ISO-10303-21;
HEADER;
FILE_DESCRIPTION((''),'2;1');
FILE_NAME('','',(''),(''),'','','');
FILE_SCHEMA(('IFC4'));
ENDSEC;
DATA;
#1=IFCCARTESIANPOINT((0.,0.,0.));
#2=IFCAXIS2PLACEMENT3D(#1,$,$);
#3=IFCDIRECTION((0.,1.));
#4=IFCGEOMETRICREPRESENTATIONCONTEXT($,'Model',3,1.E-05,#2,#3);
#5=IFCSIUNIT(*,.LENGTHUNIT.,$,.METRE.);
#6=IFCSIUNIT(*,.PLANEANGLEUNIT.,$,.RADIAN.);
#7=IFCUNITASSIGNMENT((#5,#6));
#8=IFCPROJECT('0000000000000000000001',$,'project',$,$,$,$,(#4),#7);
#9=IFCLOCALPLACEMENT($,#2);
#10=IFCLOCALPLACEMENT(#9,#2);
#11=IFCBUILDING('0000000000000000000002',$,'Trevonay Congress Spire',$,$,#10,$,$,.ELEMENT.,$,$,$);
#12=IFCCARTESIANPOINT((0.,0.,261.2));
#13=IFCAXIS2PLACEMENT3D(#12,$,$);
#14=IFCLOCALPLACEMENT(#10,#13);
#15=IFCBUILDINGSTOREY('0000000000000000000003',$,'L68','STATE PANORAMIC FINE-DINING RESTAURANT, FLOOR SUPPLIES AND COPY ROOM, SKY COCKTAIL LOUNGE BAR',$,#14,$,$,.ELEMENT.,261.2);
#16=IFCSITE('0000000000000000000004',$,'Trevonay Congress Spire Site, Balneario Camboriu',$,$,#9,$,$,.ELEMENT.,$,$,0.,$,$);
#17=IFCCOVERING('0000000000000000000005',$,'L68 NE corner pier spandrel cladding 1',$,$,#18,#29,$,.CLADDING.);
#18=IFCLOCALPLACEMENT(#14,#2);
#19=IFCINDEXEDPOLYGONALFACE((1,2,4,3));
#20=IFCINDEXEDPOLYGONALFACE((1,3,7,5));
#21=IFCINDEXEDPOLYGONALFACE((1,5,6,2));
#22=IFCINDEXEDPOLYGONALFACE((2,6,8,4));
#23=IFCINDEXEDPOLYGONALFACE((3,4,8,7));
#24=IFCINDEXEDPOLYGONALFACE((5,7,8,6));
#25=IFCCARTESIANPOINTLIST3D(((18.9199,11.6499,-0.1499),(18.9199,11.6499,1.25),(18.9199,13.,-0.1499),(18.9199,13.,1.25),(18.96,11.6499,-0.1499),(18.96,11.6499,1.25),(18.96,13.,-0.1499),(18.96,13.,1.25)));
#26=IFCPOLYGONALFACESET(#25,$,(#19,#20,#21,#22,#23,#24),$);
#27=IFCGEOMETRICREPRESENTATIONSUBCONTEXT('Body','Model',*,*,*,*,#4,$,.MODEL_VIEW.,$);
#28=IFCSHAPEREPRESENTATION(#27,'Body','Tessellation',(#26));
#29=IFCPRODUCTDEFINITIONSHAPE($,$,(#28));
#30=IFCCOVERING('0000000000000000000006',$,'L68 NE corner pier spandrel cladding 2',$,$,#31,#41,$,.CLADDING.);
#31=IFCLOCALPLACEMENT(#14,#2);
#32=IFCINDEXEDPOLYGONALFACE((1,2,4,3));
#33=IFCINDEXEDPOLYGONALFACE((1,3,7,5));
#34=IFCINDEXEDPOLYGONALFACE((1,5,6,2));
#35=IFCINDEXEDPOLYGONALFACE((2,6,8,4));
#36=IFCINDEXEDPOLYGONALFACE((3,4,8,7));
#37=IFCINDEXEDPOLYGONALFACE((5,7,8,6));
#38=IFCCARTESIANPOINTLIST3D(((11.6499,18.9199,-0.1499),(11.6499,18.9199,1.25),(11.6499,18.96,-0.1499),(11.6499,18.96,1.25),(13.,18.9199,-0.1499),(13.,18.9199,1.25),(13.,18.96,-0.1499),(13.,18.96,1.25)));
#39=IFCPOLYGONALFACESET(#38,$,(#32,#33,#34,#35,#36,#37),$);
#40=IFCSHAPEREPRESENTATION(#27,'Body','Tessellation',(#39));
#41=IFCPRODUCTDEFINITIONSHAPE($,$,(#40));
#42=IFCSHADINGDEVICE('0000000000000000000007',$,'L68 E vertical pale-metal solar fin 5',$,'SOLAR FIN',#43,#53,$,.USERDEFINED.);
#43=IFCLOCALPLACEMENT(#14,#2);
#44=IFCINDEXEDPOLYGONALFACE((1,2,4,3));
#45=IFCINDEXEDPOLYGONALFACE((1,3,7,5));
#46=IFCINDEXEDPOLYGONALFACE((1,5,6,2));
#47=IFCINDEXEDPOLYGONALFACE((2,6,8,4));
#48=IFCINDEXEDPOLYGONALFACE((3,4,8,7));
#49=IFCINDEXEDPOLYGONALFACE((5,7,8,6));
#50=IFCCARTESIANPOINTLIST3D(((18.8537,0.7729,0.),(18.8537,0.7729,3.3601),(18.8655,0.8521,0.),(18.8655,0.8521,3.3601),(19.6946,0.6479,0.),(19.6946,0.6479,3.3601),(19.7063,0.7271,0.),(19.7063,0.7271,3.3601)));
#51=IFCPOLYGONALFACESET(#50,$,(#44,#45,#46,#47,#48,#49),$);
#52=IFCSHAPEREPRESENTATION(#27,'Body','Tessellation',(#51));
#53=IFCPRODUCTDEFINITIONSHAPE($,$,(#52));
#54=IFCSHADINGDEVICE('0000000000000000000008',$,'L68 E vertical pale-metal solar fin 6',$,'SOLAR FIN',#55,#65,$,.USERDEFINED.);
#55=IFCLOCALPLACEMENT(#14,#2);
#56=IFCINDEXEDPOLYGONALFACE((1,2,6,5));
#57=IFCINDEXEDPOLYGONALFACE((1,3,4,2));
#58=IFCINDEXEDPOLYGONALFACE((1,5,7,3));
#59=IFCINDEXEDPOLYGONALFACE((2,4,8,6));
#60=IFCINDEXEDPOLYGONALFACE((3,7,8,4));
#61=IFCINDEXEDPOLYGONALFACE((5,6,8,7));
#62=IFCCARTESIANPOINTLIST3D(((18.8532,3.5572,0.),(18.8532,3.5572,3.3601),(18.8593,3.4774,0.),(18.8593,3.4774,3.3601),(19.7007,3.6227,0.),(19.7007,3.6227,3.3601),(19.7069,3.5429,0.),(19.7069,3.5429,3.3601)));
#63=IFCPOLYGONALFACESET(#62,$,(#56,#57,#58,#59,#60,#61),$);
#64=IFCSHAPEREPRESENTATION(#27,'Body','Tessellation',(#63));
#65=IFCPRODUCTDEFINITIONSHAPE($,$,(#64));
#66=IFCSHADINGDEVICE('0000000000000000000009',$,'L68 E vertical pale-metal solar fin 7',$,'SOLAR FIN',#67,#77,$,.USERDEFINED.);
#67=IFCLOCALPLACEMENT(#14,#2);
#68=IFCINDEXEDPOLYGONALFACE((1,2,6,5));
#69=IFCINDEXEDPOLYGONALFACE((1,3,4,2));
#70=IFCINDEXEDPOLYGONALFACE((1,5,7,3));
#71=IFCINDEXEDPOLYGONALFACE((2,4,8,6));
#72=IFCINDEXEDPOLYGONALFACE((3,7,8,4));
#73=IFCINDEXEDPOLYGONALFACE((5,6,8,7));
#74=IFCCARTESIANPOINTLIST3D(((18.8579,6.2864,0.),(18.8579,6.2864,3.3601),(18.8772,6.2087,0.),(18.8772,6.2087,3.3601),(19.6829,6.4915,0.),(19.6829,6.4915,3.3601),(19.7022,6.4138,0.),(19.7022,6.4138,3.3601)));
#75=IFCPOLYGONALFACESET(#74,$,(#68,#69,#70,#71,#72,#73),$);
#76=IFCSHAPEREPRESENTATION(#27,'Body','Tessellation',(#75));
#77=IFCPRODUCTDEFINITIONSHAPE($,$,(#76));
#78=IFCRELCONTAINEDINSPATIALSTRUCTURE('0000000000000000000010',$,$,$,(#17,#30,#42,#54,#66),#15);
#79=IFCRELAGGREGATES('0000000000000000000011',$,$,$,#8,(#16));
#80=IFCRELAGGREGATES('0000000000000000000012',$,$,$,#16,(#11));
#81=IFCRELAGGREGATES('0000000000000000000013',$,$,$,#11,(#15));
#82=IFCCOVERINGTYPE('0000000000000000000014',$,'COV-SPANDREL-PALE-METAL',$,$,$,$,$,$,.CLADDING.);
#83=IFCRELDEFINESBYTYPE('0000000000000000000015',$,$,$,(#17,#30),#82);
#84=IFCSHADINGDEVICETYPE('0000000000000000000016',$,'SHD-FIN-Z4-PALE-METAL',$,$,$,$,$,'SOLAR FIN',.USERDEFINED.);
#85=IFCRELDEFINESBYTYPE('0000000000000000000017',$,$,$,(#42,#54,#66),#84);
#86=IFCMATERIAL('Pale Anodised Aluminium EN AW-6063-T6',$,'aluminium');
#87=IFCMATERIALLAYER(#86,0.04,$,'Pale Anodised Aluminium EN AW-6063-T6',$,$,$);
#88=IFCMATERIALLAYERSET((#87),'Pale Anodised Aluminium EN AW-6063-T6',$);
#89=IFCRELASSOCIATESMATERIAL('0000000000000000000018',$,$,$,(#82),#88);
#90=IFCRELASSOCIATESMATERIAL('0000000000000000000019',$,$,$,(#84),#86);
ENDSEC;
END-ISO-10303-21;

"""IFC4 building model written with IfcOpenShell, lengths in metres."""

from ifc_helpers import new_model, si_unit, direction, frame, frame_2d, origin, origin_2d, place, context, subcontext, project, spatial, rectangle, extrude, material, layer, layer_set, type_object, element, save


model = new_model("IFC4")

# Units and contexts
model_context = context("Model", 3, precision=1e-05, world=origin(), true_north=direction((0.0, 1.0)))
body_context = subcontext(model_context, "Body", "Model", "MODEL_VIEW")
ifc_project = project(units=[si_unit("LENGTHUNIT", "METRE"), si_unit("PLANEANGLEUNIT", "RADIAN")], contexts=[model_context])

# Site, building, storey
site_placement = place(None, origin())
site = spatial("IfcSite", under=ifc_project, at=site_placement, Name="Trevonay Congress Spire Site, Balneario Camboriu", CompositionType="ELEMENT", RefElevation=0.0)
building_placement = place(site_placement, origin())
building = spatial("IfcBuilding", under=site, at=building_placement, Name="Trevonay Congress Spire", CompositionType="ELEMENT")
storey_placement = place(building_placement, frame((0.0, 0.0, 261.2)))
storey = spatial("IfcBuildingStorey", under=building, at=storey_placement, Name="L68", Description="STATE PANORAMIC FINE-DINING RESTAURANT, FLOOR SUPPLIES AND COPY ROOM, SKY COCKTAIL LOUNGE BAR", CompositionType="ELEMENT", Elevation=261.2)

# Shared definitions
ifc_material_1 = material(Name="Pale Anodised Aluminium EN AW-6063-T6", Category="aluminium")

# Coverings
ifc_layer_1 = layer(ifc_material_1, 0.04, Name="Pale Anodised Aluminium EN AW-6063-T6")
ifc_layer_set_1 = layer_set([ifc_layer_1], Name="Pale Anodised Aluminium EN AW-6063-T6")
covering_type = type_object("IfcCoveringType", Name="COV-SPANDREL-PALE-METAL", PredefinedType="CLADDING", material=ifc_layer_set_1)
for number, where, z_axis, x_axis, name in (
    (1, (18.9399, 11.6499, -0.1499), (0.0, 0.0, 1.0), (0.0, 1.0, 0.0), "L68 NE corner pier spandrel cladding 1"),
    (2, (11.6499, 18.9399, -0.1499), (0.0, 0.0, 1.0), (1.0, 0.0, 0.0), "L68 NE corner pier spandrel cladding 2"),
):
    element("IfcCovering", number, at=place(storey_placement, frame(where, z_axis=z_axis, x_axis=x_axis)), inside=storey, type_object=covering_type, Name=name, PredefinedType="CLADDING", context=body_context, shape_type="SweptSolid", body=[
        extrude(rectangle(XDim=1.3501, YDim=0.04, at=frame_2d((0.675, 0.0))), origin(), (0.0, 0.0, 1.0), 1.3999),
    ])

# Shading devices
shading_device_type = type_object("IfcShadingDeviceType", Name="SHD-FIN-Z4-PALE-METAL", ElementType="SOLAR FIN", PredefinedType="USERDEFINED", material=ifc_material_1)
for number, where, z_axis, x_axis, name in (
    (3, (19.28, 0.75, 0.0), (0.0, 0.0, 1.0), (0.146946, 0.989144, 0.0), "L68 E vertical pale-metal solar fin 5"),
    (4, (19.28, 3.55, 0.0), (0.0, 0.0, 1.0), (-0.077067, 0.997026, 0.0), "L68 E vertical pale-metal solar fin 6"),
    (5, (19.28, 6.3501, 0.0), (0.0, 0.0, 1.0), (-0.241244, 0.970464, 0.0), "L68 E vertical pale-metal solar fin 7"),
):
    element("IfcShadingDevice", number, at=place(storey_placement, frame(where, z_axis=z_axis, x_axis=x_axis)), inside=storey, type_object=shading_device_type, Name=name, ObjectType="SOLAR FIN", PredefinedType="USERDEFINED", context=body_context, shape_type="SweptSolid", body=[
        extrude(rectangle(XDim=0.0801, YDim=0.8501, at=origin_2d()), origin(), (0.0, 0.0, 1.0), 3.3601),
    ])

save(model, "model.ifc")
